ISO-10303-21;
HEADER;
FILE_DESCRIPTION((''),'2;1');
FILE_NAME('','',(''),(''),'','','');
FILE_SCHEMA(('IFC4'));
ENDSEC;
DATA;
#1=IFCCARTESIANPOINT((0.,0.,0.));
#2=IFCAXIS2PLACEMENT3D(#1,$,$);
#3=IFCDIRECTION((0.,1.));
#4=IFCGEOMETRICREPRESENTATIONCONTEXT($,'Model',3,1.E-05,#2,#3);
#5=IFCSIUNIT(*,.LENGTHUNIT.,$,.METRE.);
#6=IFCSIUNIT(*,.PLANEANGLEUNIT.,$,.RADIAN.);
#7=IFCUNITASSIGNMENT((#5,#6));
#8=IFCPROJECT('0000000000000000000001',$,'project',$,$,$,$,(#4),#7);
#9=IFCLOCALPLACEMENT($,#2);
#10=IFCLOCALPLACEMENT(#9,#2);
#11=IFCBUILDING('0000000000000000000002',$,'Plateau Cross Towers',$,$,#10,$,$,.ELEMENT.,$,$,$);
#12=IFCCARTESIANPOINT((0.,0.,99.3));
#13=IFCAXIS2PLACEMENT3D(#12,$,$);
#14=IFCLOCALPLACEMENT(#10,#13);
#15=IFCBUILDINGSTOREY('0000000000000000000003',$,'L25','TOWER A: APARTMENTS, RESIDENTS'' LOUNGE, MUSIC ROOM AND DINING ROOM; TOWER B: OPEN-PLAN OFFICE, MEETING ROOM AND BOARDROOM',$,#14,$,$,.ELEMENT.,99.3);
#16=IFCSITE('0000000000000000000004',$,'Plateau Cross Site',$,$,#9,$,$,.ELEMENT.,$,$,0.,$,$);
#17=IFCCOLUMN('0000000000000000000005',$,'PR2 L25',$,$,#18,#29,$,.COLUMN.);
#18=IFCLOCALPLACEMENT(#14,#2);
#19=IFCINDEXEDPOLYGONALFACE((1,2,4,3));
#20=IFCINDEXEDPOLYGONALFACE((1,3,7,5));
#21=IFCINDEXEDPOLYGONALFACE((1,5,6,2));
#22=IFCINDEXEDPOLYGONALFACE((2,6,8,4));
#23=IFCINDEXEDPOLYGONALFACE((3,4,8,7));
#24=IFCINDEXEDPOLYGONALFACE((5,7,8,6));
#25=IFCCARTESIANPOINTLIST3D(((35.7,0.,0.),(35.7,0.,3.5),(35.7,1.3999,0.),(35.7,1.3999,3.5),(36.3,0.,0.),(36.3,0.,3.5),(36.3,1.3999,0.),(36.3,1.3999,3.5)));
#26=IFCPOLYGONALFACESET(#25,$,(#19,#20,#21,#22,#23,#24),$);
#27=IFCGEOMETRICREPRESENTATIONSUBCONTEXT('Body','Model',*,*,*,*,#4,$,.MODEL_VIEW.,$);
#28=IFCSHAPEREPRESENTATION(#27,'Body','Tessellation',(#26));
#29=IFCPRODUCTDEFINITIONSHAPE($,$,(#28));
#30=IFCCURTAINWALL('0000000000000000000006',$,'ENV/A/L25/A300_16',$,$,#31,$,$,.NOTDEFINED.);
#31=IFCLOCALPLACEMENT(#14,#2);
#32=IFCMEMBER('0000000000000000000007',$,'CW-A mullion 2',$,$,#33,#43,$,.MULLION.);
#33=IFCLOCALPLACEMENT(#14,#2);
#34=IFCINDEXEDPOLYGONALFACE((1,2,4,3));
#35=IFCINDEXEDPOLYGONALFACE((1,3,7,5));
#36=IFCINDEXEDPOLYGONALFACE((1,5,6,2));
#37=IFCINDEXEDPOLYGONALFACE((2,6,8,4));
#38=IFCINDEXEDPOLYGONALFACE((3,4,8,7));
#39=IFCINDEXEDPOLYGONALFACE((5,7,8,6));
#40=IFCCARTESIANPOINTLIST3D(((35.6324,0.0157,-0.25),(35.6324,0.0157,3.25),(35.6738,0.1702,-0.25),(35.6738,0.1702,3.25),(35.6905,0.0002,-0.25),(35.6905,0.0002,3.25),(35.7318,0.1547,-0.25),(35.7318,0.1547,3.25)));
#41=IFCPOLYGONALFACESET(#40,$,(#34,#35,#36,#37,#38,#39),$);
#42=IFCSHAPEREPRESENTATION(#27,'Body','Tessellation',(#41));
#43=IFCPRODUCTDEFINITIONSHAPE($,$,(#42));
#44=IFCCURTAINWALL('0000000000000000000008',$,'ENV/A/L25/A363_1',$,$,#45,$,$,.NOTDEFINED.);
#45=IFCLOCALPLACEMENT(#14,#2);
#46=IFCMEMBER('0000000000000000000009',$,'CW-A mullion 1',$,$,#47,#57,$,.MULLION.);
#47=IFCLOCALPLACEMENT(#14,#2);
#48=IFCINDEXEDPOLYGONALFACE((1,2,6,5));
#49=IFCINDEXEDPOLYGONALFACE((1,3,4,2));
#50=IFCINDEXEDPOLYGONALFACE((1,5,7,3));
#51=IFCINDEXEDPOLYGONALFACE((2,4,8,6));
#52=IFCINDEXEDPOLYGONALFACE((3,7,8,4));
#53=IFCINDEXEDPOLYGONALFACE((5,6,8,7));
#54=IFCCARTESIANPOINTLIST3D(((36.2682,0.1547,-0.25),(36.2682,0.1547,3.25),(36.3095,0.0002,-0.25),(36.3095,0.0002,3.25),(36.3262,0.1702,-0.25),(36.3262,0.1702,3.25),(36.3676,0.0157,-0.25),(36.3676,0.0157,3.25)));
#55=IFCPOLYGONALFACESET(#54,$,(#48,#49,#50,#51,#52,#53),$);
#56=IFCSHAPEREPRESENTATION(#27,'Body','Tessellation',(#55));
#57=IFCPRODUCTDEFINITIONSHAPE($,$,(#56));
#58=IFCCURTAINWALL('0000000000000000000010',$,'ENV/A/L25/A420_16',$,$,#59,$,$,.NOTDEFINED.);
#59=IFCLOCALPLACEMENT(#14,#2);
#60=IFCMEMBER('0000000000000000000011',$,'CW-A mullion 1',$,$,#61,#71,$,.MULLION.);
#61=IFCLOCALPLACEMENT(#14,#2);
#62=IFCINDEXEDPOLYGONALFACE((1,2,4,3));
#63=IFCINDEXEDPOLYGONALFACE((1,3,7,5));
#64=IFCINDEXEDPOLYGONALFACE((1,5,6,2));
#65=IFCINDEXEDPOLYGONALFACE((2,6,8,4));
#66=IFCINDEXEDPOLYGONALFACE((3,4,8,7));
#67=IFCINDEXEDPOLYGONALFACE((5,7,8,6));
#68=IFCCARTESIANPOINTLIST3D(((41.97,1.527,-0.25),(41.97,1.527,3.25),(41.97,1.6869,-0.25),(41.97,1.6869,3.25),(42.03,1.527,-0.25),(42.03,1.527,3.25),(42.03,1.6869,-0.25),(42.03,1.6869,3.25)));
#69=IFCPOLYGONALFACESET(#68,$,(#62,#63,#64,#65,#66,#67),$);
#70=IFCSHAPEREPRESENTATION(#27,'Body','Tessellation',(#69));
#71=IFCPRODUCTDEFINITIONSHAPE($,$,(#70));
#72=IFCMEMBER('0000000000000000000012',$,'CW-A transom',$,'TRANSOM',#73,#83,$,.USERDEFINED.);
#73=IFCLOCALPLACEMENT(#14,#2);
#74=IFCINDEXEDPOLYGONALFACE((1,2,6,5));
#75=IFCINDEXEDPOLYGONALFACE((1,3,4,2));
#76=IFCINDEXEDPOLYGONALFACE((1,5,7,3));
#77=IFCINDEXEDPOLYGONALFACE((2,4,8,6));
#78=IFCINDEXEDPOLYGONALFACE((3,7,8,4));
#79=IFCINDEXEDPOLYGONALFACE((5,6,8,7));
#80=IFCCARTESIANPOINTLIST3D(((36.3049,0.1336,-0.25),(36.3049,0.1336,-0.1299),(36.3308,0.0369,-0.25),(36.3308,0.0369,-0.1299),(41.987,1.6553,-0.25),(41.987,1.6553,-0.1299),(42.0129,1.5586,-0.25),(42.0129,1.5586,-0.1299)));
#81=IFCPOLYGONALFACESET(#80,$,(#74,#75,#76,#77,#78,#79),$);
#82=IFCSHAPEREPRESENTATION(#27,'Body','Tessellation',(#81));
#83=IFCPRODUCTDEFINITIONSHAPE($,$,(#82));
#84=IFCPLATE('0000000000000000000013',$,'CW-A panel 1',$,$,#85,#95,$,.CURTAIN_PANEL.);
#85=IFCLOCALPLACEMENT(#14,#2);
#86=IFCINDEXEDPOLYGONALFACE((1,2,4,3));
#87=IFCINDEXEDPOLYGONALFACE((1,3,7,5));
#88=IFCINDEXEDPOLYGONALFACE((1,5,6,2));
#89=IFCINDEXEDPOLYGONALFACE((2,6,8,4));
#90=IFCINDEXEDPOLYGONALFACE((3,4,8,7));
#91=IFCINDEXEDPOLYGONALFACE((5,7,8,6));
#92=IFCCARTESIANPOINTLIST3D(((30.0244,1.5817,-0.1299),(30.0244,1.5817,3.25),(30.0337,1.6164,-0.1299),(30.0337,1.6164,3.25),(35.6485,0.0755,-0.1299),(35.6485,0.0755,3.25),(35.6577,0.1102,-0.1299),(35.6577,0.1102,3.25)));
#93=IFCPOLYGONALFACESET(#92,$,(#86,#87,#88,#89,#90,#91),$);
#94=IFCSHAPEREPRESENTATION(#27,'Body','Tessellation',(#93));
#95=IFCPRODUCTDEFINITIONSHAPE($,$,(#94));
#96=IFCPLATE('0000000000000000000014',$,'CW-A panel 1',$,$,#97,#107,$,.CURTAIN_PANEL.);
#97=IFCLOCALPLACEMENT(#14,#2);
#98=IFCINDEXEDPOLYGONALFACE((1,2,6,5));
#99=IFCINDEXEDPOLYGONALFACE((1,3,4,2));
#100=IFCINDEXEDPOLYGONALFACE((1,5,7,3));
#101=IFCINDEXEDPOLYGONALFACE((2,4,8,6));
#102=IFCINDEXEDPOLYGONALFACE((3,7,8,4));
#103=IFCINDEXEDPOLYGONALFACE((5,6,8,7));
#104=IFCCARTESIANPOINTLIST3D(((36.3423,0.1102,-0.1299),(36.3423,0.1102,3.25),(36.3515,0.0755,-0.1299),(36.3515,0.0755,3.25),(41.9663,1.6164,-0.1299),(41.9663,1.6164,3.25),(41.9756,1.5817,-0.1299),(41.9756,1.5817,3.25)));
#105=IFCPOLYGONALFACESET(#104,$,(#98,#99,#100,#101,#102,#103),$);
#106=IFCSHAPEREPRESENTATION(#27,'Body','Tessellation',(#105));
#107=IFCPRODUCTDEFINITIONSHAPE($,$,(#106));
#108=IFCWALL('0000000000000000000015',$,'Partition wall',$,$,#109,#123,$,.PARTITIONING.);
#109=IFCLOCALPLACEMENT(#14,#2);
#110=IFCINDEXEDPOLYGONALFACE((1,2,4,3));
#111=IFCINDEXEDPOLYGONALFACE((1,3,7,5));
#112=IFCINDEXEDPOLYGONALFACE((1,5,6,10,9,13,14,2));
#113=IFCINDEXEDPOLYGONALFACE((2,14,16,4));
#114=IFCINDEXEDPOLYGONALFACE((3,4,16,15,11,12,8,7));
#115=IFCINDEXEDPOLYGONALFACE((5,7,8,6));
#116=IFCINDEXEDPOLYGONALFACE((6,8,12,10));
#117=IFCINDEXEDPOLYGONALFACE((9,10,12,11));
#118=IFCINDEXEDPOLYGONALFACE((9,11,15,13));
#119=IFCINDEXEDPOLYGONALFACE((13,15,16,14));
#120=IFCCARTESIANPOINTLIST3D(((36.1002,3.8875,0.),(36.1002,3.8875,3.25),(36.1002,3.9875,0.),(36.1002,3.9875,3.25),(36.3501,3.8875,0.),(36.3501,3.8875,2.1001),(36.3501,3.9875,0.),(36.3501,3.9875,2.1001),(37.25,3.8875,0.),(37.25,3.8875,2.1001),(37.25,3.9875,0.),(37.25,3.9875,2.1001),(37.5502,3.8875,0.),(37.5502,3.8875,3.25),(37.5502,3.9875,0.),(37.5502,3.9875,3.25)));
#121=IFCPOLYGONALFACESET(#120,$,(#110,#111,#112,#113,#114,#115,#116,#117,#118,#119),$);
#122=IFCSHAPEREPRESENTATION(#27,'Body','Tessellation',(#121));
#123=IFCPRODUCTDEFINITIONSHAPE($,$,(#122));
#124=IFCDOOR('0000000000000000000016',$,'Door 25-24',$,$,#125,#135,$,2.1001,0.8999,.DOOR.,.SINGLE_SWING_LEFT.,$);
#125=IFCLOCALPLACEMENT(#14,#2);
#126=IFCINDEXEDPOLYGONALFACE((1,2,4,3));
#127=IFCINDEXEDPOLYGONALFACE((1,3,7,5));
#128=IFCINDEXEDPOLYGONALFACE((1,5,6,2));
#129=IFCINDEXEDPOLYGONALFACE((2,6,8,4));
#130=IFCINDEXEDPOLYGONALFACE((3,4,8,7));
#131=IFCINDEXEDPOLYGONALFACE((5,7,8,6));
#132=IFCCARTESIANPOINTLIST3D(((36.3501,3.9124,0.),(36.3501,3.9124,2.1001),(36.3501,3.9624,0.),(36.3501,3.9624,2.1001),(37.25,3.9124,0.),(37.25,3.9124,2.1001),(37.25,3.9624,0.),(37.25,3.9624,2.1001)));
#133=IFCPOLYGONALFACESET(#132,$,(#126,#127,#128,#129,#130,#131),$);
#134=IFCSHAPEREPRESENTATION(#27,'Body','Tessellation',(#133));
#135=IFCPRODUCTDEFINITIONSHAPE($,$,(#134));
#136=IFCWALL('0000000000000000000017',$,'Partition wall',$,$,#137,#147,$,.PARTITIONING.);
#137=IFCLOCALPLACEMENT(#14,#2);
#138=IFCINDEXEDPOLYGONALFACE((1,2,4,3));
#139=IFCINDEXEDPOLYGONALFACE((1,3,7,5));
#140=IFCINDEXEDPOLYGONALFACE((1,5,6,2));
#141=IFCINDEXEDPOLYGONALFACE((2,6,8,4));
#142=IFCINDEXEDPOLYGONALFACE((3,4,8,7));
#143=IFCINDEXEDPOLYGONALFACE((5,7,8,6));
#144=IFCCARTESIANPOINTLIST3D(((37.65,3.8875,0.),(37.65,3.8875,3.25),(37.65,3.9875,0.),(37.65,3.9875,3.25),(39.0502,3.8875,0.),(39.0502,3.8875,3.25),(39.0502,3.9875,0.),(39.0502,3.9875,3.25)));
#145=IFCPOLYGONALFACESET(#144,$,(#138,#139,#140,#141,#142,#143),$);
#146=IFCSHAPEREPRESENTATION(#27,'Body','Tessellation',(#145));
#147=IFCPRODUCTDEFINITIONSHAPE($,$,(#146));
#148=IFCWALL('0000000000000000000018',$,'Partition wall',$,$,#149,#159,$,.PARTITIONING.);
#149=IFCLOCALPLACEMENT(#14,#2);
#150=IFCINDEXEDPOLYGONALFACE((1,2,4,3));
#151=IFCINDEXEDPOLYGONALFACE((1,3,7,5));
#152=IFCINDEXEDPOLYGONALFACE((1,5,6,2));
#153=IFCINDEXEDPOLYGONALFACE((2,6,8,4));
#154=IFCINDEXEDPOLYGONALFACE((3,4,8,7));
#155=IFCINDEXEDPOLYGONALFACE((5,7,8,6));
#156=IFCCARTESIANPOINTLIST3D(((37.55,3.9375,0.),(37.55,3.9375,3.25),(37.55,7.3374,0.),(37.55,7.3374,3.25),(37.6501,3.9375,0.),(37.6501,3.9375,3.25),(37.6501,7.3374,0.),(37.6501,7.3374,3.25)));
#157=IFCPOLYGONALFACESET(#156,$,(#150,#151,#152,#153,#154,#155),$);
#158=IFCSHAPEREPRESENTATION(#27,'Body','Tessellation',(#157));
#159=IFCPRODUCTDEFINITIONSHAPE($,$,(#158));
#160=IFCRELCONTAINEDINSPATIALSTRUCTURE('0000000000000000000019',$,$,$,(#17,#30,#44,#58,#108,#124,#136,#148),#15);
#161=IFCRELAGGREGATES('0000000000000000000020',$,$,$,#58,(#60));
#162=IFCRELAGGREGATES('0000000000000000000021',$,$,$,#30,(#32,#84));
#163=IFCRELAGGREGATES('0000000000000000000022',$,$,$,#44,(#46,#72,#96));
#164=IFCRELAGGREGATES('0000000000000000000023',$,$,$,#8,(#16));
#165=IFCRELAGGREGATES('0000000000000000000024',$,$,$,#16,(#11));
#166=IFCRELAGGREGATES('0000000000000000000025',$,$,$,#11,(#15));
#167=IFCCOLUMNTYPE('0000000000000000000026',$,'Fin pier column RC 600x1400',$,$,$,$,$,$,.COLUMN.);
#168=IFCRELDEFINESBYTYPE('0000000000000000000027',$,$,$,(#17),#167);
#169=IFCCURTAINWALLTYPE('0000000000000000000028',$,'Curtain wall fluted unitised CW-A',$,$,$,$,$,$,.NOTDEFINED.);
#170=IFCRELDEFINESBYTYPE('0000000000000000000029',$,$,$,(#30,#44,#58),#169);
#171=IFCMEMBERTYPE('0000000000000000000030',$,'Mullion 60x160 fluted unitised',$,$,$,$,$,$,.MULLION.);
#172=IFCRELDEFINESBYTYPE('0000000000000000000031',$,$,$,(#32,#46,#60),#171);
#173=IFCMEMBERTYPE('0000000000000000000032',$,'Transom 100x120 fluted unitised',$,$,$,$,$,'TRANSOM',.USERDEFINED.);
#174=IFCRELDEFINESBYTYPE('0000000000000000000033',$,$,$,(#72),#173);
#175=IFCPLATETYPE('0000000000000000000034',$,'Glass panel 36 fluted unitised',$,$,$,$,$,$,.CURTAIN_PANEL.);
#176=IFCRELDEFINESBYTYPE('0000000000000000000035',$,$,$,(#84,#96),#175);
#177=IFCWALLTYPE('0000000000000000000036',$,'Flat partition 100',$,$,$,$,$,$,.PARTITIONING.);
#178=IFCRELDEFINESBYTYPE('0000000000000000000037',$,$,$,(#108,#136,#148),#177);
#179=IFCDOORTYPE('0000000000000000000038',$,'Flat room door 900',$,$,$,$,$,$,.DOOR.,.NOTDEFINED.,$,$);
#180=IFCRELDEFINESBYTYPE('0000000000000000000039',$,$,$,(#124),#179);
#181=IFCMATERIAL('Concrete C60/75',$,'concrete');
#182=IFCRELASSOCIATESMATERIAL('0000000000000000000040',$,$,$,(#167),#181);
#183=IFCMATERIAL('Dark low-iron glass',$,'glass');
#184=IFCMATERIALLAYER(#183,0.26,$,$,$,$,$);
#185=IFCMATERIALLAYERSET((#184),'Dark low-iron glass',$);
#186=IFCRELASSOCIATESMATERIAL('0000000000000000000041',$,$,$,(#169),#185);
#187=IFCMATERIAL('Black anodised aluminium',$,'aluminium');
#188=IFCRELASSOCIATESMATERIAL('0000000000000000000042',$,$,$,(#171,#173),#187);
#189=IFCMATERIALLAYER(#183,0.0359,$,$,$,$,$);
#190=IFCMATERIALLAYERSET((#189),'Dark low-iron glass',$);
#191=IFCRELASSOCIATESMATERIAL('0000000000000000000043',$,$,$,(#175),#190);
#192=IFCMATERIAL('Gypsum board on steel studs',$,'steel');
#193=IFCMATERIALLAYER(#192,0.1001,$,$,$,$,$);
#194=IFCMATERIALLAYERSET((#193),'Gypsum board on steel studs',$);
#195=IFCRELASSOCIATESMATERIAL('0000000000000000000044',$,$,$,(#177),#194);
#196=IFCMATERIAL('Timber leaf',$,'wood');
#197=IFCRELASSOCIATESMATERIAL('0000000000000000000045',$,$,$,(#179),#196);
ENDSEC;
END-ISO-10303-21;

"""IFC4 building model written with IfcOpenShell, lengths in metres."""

from ifc_helpers import new_model, si_unit, direction, frame, frame_2d, origin, origin_2d, place, context, subcontext, project, spatial, rectangle, extrude, material, layer, layer_set, material_profile, profile_set, type_object, element, fill, aggregate, save


model = new_model("IFC4")

# Units and contexts
model_context = context("Model", 3, precision=1e-05, world=origin(), true_north=direction((0.0, 1.0)))
body_context = subcontext(model_context, "Body", "Model", "MODEL_VIEW")
ifc_project = project(units=[si_unit("LENGTHUNIT", "METRE"), si_unit("PLANEANGLEUNIT", "RADIAN")], contexts=[model_context])

# Site, building, storey
site_placement = place(None, origin())
site = spatial("IfcSite", under=ifc_project, at=site_placement, Name="Plateau Cross Site", CompositionType="ELEMENT", RefElevation=0.0)
building_placement = place(site_placement, origin())
building = spatial("IfcBuilding", under=site, at=building_placement, Name="Plateau Cross Towers", CompositionType="ELEMENT")
storey_placement = place(building_placement, frame((0.0, 0.0, 99.3)))
storey = spatial("IfcBuildingStorey", under=building, at=storey_placement, Name="L25", Description="TOWER A: APARTMENTS, RESIDENTS' LOUNGE, MUSIC ROOM AND DINING ROOM; TOWER B: OPEN-PLAN OFFICE, MEETING ROOM AND BOARDROOM", CompositionType="ELEMENT", Elevation=99.3)

# Column
ifc_material_1 = material(Name="Concrete C60/75", Category="concrete")
ifc_material_profile_1 = material_profile(ifc_material_1, rectangle(XDim=0.6001, YDim=1.3999, at=origin_2d()), Name="RC 600x1400")
ifc_profile_set_1 = profile_set([ifc_material_profile_1], Name="Concrete C60/75")
column_type = type_object("IfcColumnType", Name="Fin pier column RC 600x1400", PredefinedType="COLUMN", material=ifc_profile_set_1)
column_placement = place(storey_placement, frame((36.0, 0.7, 0.0), z_axis=(0.0, 0.0, 1.0), x_axis=(1.0, 0.0, 0.0)))
element("IfcColumn", 1, at=column_placement, inside=storey, type_object=column_type, Name="PR2 L25", PredefinedType="COLUMN", context=body_context, shape_type="SweptSolid", body=[
    extrude(rectangle(XDim=0.6001, YDim=1.3999, at=origin_2d()), origin(), (0.0, 0.0, 1.0), 3.5),
])

# Curtain walls, members
ifc_material_2 = material(Name="Dark low-iron glass", Category="glass")
ifc_layer_1 = layer(ifc_material_2, 0.26)
ifc_layer_set_1 = layer_set([ifc_layer_1], Name="Dark low-iron glass")
curtain_wall_type = type_object("IfcCurtainWallType", Name="Curtain wall fluted unitised CW-A", PredefinedType="NOTDEFINED", material=ifc_layer_set_1)
curtain_wall_1_placement = place(storey_placement, origin())
curtain_wall_1 = element("IfcCurtainWall", 2, at=curtain_wall_1_placement, inside=storey, type_object=curtain_wall_type, Name="ENV/A/L25/A300_16", PredefinedType="NOTDEFINED")
ifc_material_3 = material(Name="Black anodised aluminium", Category="aluminium")
ifc_material_profile_2 = material_profile(ifc_material_3, rectangle(XDim=0.0601, YDim=0.1599, at=origin_2d()), Name="MULLION 60x160")
ifc_profile_set_2 = profile_set([ifc_material_profile_2], Name="Black anodised aluminium")
member_type_1 = type_object("IfcMemberType", Name="Mullion 60x160 fluted unitised", PredefinedType="MULLION", material=ifc_profile_set_2)
member_1_placement = place(storey_placement, frame((35.6821, 0.0852, -0.25), z_axis=(0.0, 0.0, 1.0), x_axis=(0.965958, -0.258699, 0.0)))
member_1 = element("IfcMember", 3, at=member_1_placement, type_object=member_type_1, Name="CW-A mullion 2", PredefinedType="MULLION", context=body_context, shape_type="SweptSolid", body=[
    extrude(rectangle(XDim=0.0601, YDim=0.1599, at=origin_2d()), origin(), (0.0, 0.0, 1.0), 3.5),
])
curtain_wall_2_placement = place(storey_placement, origin())
curtain_wall_2 = element("IfcCurtainWall", 4, at=curtain_wall_2_placement, inside=storey, type_object=curtain_wall_type, Name="ENV/A/L25/A363_1", PredefinedType="NOTDEFINED")
member_2_placement = place(storey_placement, frame((36.3179, 0.0852, -0.25), z_axis=(0.0, 0.0, 1.0), x_axis=(0.965958, 0.258699, 0.0)))
member_2 = element("IfcMember", 5, at=member_2_placement, type_object=member_type_1, Name="CW-A mullion 1", PredefinedType="MULLION", context=body_context, shape_type="SweptSolid", body=[
    extrude(rectangle(XDim=0.0601, YDim=0.1599, at=origin_2d()), origin(), (0.0, 0.0, 1.0), 3.5),
])
curtain_wall_3_placement = place(storey_placement, origin())
curtain_wall_3 = element("IfcCurtainWall", 6, at=curtain_wall_3_placement, inside=storey, type_object=curtain_wall_type, Name="ENV/A/L25/A420_16", PredefinedType="NOTDEFINED")
member_3_placement = place(storey_placement, frame((42.0, 1.6069, -0.25), z_axis=(0.0, 0.0, 1.0), x_axis=(1.0, 0.0, 0.0)))
member_3 = element("IfcMember", 7, at=member_3_placement, type_object=member_type_1, Name="CW-A mullion 1", PredefinedType="MULLION", context=body_context, shape_type="SweptSolid", body=[
    extrude(rectangle(XDim=0.0601, YDim=0.1599, at=origin_2d()), origin(), (0.0, 0.0, 1.0), 3.5),
])
aggregate(curtain_wall_3, [member_3])

# Member
ifc_material_profile_3 = material_profile(ifc_material_3, rectangle(XDim=0.1001, YDim=0.1201, at=origin_2d()), Name="TRANSOM 100x120")
ifc_profile_set_3 = profile_set([ifc_material_profile_3], Name="Black anodised aluminium")
member_type_2 = type_object("IfcMemberType", Name="Transom 100x120 fluted unitised", ElementType="TRANSOM", PredefinedType="USERDEFINED", material=ifc_profile_set_3)
member_4_placement = place(storey_placement, frame((36.3179, 0.0852, -0.1899), z_axis=(0.96596, 0.258693, 0.0), x_axis=(-0.258693, 0.96596, 0.0)))
member_4 = element("IfcMember", 8, at=member_4_placement, type_object=member_type_2, Name="CW-A transom", ObjectType="TRANSOM", PredefinedType="USERDEFINED", context=body_context, shape_type="SweptSolid", body=[
    extrude(rectangle(XDim=0.1001, YDim=0.1201, at=origin_2d()), origin(), (0.0, 0.0, 1.0), 5.8823),
])

# Plates
ifc_layer_2 = layer(ifc_material_2, 0.0359)
ifc_layer_set_2 = layer_set([ifc_layer_2], Name="Dark low-iron glass")
plate_type = type_object("IfcPlateType", Name="Glass panel 36 fluted unitised", PredefinedType="CURTAIN_PANEL", material=ifc_layer_set_2)
plate_1_placement = place(storey_placement, frame((32.8411, 0.8459, -0.1299), z_axis=(0.0, 0.0, 1.0), x_axis=(0.965958, -0.258699, 0.0)))
plate_1 = element("IfcPlate", 9, at=plate_1_placement, type_object=plate_type, Name="CW-A panel 1", PredefinedType="CURTAIN_PANEL", context=body_context, shape_type="SweptSolid", body=[
    extrude(rectangle(XDim=5.8223, YDim=0.0359, at=origin_2d()), origin(), (0.0, 0.0, 1.0), 3.3799),
])
aggregate(curtain_wall_1, [member_1, plate_1])
plate_2_placement = place(storey_placement, frame((39.1589, 0.8459, -0.1299), z_axis=(0.0, 0.0, 1.0), x_axis=(0.965958, 0.258699, 0.0)))
plate_2 = element("IfcPlate", 10, at=plate_2_placement, type_object=plate_type, Name="CW-A panel 1", PredefinedType="CURTAIN_PANEL", context=body_context, shape_type="SweptSolid", body=[
    extrude(rectangle(XDim=5.8223, YDim=0.0359, at=origin_2d()), origin(), (0.0, 0.0, 1.0), 3.3799),
])
aggregate(curtain_wall_2, [member_2, member_4, plate_2])

# Wall, opening, door
ifc_material_4 = material(Name="Gypsum board on steel studs", Category="steel")
ifc_layer_3 = layer(ifc_material_4, 0.1001)
ifc_layer_set_3 = layer_set([ifc_layer_3], Name="Gypsum board on steel studs")
wall_type_1 = type_object("IfcWallType", Name="Flat partition 100", PredefinedType="PARTITIONING", material=ifc_layer_set_3)
wall_1_placement = place(storey_placement, frame((36.1001, 3.9375, 0.0), z_axis=(0.0, 0.0, 1.0), x_axis=(1.0, 0.0, 0.0)))
wall_1 = element("IfcWall", 11, at=wall_1_placement, inside=storey, type_object=wall_type_1, Name="Partition wall", PredefinedType="PARTITIONING", context=body_context, shape_type="SweptSolid", body=[
    extrude(rectangle(XDim=1.45, YDim=0.1001, at=frame_2d((0.7251, 0.0))), origin(), (0.0, 0.0, 1.0), 3.25),
])
opening_1_placement = place(wall_1_placement, frame((0.25, 0.0, 0.0)))
opening_1 = element("IfcOpeningElement", 12, at=opening_1_placement, cuts=wall_1, PredefinedType="OPENING", context=body_context, shape_type="SweptSolid", body=[
    extrude(rectangle(XDim=0.8999, YDim=2.1001, at=frame_2d((0.45, 1.05))), frame((0.0, 0.0601, 0.0), z_axis=(0.0, -1.0, 0.0), x_axis=(1.0, 0.0, 0.0)), (0.0, 0.0, 1.0), 0.1201),
])
ifc_material_5 = material(Name="Timber leaf", Category="wood")
door_type = type_object("IfcDoorType", Name="Flat room door 900", OperationType="NOTDEFINED", PredefinedType="DOOR", material=ifc_material_5)
door_1_placement = place(opening_1_placement, origin())
door_1 = element("IfcDoor", 13, at=door_1_placement, inside=storey, type_object=door_type, Name="Door 25-24", OperationType="SINGLE_SWING_LEFT", OverallHeight=2.1001, OverallWidth=0.8999, PredefinedType="DOOR", context=body_context, shape_type="SweptSolid", body=[
    extrude(rectangle(XDim=0.8999, YDim=2.1001, at=frame_2d((0.45, 1.05))), frame((0.0, 0.0249, 0.0), z_axis=(0.0, -1.0, 0.0), x_axis=(1.0, 0.0, 0.0)), (0.0, 0.0, 1.0), 0.05),
])
fill(opening_1, door_1)

# Walls
wall_2_placement = place(storey_placement, frame((37.6499, 3.9375, 0.0), z_axis=(0.0, 0.0, 1.0), x_axis=(1.0, 0.0, 0.0)))
element("IfcWall", 14, at=wall_2_placement, inside=storey, type_object=wall_type_1, Name="Partition wall", PredefinedType="PARTITIONING", context=body_context, shape_type="SweptSolid", body=[
    extrude(rectangle(XDim=1.4001, YDim=0.1001, at=frame_2d((0.7002, 0.0))), origin(), (0.0, 0.0, 1.0), 3.25),
])
wall_3_placement = place(storey_placement, frame((37.6001, 3.9375, 0.0), z_axis=(0.0, 0.0, 1.0), x_axis=(0.0, 1.0, 0.0)))
element("IfcWall", 15, at=wall_3_placement, inside=storey, type_object=wall_type_1, Name="Partition wall", PredefinedType="PARTITIONING", context=body_context, shape_type="SweptSolid", body=[
    extrude(rectangle(XDim=3.3999, YDim=0.1001, at=frame_2d((1.7, 0.0))), origin(), (0.0, 0.0, 1.0), 3.25),
])

save(model, "model.ifc")
